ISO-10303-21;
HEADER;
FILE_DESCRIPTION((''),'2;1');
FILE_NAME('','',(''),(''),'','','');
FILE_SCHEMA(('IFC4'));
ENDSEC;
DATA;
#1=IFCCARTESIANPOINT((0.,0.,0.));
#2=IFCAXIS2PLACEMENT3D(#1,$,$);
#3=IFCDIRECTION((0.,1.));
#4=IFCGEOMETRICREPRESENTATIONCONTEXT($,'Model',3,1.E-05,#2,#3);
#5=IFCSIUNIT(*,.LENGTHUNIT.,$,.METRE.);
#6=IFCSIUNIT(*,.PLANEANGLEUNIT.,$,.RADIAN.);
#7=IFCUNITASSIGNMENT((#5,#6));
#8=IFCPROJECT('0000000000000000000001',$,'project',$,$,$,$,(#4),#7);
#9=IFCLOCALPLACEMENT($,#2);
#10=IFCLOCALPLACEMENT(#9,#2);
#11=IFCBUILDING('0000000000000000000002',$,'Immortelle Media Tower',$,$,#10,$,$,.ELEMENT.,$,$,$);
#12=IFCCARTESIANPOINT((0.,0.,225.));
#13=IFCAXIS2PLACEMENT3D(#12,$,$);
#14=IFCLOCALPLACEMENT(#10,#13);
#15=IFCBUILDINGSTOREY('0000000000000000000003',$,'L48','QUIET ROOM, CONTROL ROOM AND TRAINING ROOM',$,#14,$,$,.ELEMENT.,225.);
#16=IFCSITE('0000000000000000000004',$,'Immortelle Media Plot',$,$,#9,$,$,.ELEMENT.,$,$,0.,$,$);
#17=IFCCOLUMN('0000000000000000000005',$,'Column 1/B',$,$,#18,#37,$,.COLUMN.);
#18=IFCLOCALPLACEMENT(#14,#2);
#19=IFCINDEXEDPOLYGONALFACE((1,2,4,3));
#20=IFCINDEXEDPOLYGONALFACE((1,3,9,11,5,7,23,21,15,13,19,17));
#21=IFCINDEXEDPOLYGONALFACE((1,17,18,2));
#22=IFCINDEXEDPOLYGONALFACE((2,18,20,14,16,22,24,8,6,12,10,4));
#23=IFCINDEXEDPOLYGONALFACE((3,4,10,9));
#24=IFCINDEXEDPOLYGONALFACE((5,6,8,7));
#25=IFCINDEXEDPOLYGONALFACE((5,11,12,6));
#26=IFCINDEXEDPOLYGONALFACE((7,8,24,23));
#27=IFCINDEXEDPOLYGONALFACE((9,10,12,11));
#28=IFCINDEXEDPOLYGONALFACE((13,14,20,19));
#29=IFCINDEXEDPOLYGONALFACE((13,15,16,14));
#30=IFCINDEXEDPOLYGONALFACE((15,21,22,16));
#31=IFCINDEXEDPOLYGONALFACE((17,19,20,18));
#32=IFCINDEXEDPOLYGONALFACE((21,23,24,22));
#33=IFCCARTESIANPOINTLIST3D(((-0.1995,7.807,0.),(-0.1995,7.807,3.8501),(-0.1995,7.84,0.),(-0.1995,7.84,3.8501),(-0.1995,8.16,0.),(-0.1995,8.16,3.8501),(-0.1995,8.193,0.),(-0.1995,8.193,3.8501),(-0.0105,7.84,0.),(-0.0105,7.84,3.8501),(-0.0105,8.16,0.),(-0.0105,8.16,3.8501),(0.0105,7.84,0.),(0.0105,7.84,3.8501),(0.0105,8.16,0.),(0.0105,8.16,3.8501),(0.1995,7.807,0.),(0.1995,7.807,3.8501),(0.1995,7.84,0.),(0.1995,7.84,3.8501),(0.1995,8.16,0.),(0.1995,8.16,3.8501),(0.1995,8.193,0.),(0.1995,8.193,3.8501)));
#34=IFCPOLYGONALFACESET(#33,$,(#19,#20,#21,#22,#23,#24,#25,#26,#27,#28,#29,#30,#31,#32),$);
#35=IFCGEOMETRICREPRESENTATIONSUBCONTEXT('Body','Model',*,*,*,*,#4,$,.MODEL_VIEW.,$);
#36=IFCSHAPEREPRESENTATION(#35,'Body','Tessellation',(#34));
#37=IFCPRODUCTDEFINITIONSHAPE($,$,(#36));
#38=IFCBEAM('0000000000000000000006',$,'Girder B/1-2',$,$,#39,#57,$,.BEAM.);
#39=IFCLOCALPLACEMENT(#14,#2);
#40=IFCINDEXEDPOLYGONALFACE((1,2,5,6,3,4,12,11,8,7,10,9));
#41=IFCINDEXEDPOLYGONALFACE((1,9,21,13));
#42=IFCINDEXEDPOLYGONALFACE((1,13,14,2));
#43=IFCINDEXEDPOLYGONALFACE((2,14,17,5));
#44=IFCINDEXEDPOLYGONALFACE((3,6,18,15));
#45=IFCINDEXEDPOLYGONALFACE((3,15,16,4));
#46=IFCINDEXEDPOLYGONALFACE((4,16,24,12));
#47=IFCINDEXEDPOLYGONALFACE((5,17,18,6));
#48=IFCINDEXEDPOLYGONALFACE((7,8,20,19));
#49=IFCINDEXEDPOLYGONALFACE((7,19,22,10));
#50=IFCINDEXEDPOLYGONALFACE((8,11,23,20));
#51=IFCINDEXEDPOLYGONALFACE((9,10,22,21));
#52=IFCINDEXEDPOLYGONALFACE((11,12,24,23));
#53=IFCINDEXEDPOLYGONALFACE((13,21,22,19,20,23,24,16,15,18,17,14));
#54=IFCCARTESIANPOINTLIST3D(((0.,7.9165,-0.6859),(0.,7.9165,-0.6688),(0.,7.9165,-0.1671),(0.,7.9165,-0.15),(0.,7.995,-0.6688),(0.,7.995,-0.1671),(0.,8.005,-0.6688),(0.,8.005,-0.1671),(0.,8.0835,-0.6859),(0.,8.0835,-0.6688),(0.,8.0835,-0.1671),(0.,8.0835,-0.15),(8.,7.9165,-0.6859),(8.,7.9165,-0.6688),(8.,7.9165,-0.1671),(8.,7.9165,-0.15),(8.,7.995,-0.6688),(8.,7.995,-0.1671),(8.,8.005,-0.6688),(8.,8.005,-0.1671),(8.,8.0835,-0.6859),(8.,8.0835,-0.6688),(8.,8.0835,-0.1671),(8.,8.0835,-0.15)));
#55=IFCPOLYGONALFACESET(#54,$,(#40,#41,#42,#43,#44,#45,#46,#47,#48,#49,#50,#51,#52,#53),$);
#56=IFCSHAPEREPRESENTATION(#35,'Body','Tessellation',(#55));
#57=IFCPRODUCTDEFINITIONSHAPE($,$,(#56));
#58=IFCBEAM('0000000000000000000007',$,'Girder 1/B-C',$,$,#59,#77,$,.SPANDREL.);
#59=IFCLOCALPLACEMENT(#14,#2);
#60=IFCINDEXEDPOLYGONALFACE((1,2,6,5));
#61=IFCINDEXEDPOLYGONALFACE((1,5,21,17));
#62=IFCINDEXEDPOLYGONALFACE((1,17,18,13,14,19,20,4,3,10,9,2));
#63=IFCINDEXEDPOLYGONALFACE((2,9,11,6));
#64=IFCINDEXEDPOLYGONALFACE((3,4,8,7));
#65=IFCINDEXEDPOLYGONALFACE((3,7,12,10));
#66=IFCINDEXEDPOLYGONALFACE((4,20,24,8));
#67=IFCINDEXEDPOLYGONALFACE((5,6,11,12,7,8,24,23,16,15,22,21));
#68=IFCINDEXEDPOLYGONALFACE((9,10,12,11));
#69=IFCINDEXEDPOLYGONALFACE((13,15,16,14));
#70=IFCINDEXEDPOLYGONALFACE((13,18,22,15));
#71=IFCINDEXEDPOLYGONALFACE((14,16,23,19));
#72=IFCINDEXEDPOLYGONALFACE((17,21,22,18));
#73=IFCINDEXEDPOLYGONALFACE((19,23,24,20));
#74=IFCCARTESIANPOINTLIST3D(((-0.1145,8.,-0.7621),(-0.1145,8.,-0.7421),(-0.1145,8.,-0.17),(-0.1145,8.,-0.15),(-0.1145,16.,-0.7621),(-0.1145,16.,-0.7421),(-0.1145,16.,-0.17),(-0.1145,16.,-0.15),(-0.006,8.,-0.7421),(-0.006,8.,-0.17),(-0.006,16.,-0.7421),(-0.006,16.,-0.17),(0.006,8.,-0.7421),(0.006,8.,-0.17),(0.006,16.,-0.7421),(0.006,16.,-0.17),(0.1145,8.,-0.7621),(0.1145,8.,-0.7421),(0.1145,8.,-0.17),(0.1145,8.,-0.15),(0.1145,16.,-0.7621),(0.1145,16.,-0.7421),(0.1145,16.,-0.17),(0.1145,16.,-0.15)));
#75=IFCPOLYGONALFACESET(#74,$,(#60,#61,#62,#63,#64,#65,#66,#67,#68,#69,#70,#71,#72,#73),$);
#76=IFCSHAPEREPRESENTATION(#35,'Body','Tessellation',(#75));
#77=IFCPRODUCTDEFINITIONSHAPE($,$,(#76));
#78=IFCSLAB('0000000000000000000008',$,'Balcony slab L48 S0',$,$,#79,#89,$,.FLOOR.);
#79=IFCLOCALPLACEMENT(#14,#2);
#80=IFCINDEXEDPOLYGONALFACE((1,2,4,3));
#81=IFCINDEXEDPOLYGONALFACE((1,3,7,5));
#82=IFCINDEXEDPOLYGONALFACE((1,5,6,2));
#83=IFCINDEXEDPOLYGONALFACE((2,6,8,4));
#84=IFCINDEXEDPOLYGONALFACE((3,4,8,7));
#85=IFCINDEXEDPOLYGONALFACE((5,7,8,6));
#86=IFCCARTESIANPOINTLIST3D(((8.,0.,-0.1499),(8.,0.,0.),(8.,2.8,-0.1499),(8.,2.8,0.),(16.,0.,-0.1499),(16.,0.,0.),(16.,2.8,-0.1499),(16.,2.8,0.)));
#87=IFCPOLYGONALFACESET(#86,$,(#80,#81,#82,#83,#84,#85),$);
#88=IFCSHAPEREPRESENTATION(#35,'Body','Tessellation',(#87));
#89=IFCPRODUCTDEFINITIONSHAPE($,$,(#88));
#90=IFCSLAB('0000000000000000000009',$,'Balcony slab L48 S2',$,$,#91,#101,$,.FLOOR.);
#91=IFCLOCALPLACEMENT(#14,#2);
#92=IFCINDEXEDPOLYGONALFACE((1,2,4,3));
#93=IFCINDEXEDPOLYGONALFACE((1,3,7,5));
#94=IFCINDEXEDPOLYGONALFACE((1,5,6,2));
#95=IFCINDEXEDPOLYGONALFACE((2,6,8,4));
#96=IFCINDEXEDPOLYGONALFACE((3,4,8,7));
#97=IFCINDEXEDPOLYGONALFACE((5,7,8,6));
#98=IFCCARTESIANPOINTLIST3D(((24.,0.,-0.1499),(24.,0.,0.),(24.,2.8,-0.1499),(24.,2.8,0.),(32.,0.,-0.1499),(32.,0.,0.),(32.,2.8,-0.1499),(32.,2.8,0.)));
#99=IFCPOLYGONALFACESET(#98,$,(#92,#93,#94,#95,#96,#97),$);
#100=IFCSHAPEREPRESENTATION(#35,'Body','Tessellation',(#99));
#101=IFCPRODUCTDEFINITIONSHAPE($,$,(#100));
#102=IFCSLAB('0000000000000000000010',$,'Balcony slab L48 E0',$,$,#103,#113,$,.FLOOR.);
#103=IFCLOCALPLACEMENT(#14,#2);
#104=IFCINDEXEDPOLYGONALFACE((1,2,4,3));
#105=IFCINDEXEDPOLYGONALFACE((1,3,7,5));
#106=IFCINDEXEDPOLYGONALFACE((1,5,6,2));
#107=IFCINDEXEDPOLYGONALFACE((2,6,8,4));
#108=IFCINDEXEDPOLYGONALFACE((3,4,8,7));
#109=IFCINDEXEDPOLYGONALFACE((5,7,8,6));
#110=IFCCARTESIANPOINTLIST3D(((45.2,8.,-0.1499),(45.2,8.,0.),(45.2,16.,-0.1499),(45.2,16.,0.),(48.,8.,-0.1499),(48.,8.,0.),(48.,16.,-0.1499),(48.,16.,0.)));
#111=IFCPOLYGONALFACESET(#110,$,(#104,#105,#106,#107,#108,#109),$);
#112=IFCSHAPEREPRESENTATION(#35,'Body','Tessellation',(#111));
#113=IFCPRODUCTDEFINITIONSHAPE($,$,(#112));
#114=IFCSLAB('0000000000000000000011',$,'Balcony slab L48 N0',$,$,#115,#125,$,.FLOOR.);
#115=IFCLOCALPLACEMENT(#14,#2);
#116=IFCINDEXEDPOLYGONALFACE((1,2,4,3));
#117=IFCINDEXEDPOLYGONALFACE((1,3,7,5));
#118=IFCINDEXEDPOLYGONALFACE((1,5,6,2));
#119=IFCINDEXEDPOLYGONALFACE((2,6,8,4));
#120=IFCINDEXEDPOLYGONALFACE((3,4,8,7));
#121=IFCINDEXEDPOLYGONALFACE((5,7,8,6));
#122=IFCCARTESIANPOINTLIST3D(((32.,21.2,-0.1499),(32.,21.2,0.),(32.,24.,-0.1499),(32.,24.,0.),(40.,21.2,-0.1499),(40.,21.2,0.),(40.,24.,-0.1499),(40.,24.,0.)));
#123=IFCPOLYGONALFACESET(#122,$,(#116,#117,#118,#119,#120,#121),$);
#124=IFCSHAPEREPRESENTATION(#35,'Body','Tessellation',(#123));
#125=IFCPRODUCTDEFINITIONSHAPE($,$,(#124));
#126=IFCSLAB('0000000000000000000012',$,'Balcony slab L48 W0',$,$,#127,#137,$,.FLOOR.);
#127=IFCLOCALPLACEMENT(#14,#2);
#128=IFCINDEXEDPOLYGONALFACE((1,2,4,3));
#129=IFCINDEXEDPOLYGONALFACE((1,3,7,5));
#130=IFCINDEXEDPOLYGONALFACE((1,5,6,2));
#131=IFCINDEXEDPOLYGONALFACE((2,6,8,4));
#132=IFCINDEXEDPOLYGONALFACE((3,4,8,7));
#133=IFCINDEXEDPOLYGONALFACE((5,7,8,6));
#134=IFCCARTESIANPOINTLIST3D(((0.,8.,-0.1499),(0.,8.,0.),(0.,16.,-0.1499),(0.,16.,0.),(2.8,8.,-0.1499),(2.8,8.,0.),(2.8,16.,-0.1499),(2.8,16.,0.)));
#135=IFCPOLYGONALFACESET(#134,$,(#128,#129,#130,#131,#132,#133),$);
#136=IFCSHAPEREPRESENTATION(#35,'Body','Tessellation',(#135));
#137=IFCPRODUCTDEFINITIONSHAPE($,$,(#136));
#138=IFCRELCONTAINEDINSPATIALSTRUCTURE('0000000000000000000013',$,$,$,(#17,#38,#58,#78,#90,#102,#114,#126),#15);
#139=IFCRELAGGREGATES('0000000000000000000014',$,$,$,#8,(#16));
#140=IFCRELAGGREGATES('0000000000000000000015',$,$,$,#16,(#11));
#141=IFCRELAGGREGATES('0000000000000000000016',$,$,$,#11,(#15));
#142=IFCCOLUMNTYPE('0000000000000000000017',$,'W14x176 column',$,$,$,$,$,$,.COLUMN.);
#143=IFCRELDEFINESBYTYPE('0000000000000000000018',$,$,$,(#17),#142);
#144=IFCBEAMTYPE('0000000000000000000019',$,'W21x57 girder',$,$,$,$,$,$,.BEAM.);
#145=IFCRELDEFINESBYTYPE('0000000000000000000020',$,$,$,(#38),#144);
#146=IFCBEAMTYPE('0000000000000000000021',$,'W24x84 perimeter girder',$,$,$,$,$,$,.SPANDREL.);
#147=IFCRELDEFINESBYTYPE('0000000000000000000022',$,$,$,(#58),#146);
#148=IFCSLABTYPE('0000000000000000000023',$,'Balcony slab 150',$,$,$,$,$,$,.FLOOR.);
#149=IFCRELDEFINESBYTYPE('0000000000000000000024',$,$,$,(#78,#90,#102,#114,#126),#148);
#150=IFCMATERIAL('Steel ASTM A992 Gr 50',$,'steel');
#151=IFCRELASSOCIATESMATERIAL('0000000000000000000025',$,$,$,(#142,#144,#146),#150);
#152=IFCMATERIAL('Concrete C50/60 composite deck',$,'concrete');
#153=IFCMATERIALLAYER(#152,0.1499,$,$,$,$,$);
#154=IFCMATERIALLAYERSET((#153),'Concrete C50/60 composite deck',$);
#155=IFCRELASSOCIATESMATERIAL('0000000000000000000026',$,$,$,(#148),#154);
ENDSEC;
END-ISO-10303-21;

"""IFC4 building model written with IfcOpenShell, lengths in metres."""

from ifc_helpers import new_model, si_unit, direction, frame, origin, origin_2d, place, context, subcontext, project, spatial, polyline, i_section, outline, extrude, material, layer, layer_set, material_profile, profile_set, type_object, element, save


model = new_model("IFC4")

# Units and contexts
model_context = context("Model", 3, precision=1e-05, world=origin(), true_north=direction((0.0, 1.0)))
body_context = subcontext(model_context, "Body", "Model", "MODEL_VIEW")
ifc_project = project(units=[si_unit("LENGTHUNIT", "METRE"), si_unit("PLANEANGLEUNIT", "RADIAN")], contexts=[model_context])

# Site, building, storey
site_placement = place(None, origin())
site = spatial("IfcSite", under=ifc_project, at=site_placement, Name="Immortelle Media Plot", CompositionType="ELEMENT", RefElevation=0.0)
building_placement = place(site_placement, origin())
building = spatial("IfcBuilding", under=site, at=building_placement, Name="Immortelle Media Tower", CompositionType="ELEMENT")
storey_placement = place(building_placement, frame((0.0, 0.0, 225.0)))
storey = spatial("IfcBuildingStorey", under=building, at=storey_placement, Name="L48", Description="QUIET ROOM, CONTROL ROOM AND TRAINING ROOM", CompositionType="ELEMENT", Elevation=225.0)

# Column
ifc_material_1 = material(Name="Steel ASTM A992 Gr 50", Category="steel")
ifc_material_profile_1 = material_profile(ifc_material_1, i_section(OverallWidth=0.3989, OverallDepth=0.386, WebThickness=0.021, FlangeThickness=0.033, at=origin_2d()), Name="W14x176")
ifc_profile_set_1 = profile_set([ifc_material_profile_1], Name="Steel ASTM A992 Gr 50")
column_type = type_object("IfcColumnType", Name="W14x176 column", PredefinedType="COLUMN", material=ifc_profile_set_1)
column_placement = place(storey_placement, frame((0.0, 8.0, 0.0), z_axis=(0.0, 0.0, 1.0), x_axis=(1.0, 0.0, 0.0)))
element("IfcColumn", 1, at=column_placement, inside=storey, type_object=column_type, Name="Column 1/B", PredefinedType="COLUMN", context=body_context, shape_type="SweptSolid", body=[
    extrude(i_section(OverallWidth=0.3989, OverallDepth=0.386, WebThickness=0.021, FlangeThickness=0.033, at=origin_2d()), origin(), (0.0, 0.0, 1.0), 3.8501),
])

# Beams
ifc_material_profile_2 = material_profile(ifc_material_1, i_section(OverallWidth=0.167, OverallDepth=0.5359, WebThickness=0.01, FlangeThickness=0.0171, at=origin_2d()), Name="W21x57")
ifc_profile_set_2 = profile_set([ifc_material_profile_2], Name="Steel ASTM A992 Gr 50")
beam_type_1 = type_object("IfcBeamType", Name="W21x57 girder", PredefinedType="BEAM", material=ifc_profile_set_2)
beam_1_placement = place(storey_placement, frame((0.0, 8.0, -0.418), z_axis=(1.0, 0.0, 0.0), x_axis=(0.0, 1.0, 0.0)))
element("IfcBeam", 2, at=beam_1_placement, inside=storey, type_object=beam_type_1, Name="Girder B/1-2", PredefinedType="BEAM", context=body_context, shape_type="SweptSolid", body=[
    extrude(i_section(OverallWidth=0.167, OverallDepth=0.5359, WebThickness=0.01, FlangeThickness=0.0171, at=origin_2d()), origin(), (0.0, 0.0, 1.0), 8.0),
])
ifc_material_profile_3 = material_profile(ifc_material_1, i_section(OverallWidth=0.229, OverallDepth=0.6121, WebThickness=0.012, FlangeThickness=0.02, at=origin_2d()), Name="W24x84")
ifc_profile_set_3 = profile_set([ifc_material_profile_3], Name="Steel ASTM A992 Gr 50")
beam_type_2 = type_object("IfcBeamType", Name="W24x84 perimeter girder", PredefinedType="SPANDREL", material=ifc_profile_set_3)
beam_2_placement = place(storey_placement, frame((0.0, 8.0, -0.4561), z_axis=(0.0, 1.0, 0.0), x_axis=(-1.0, 0.0, 0.0)))
element("IfcBeam", 3, at=beam_2_placement, inside=storey, type_object=beam_type_2, Name="Girder 1/B-C", PredefinedType="SPANDREL", context=body_context, shape_type="SweptSolid", body=[
    extrude(i_section(OverallWidth=0.229, OverallDepth=0.6121, WebThickness=0.012, FlangeThickness=0.02, at=origin_2d()), origin(), (0.0, 0.0, 1.0), 8.0),
])

# Slabs
ifc_material_2 = material(Name="Concrete C50/60 composite deck", Category="concrete")
ifc_layer_1 = layer(ifc_material_2, 0.1499)
ifc_layer_set_1 = layer_set([ifc_layer_1], Name="Concrete C50/60 composite deck")
slab_type_1 = type_object("IfcSlabType", Name="Balcony slab 150", PredefinedType="FLOOR", material=ifc_layer_set_1)
slab_1_placement = place(storey_placement, frame((0.0, 0.0, -0.1499)))
element("IfcSlab", 4, at=slab_1_placement, inside=storey, type_object=slab_type_1, Name="Balcony slab L48 S0", PredefinedType="FLOOR", context=body_context, shape_type="SweptSolid", body=[
    extrude(outline(polyline([(16.0, 0.0), (16.0, 2.8), (8.0, 2.8), (8.0, 0.0), (16.0, 0.0)])), origin(), (0.0, 0.0, 1.0), 0.1499),
])
slab_2_placement = place(storey_placement, frame((0.0, 0.0, -0.1499)))
element("IfcSlab", 5, at=slab_2_placement, inside=storey, type_object=slab_type_1, Name="Balcony slab L48 S2", PredefinedType="FLOOR", context=body_context, shape_type="SweptSolid", body=[
    extrude(outline(polyline([(32.0, 0.0), (32.0, 2.8), (24.0, 2.8), (24.0, 0.0), (32.0, 0.0)])), origin(), (0.0, 0.0, 1.0), 0.1499),
])
slab_3_placement = place(storey_placement, frame((0.0, 0.0, -0.1499)))
element("IfcSlab", 6, at=slab_3_placement, inside=storey, type_object=slab_type_1, Name="Balcony slab L48 E0", PredefinedType="FLOOR", context=body_context, shape_type="SweptSolid", body=[
    extrude(outline(polyline([(48.0, 8.0), (48.0, 16.0), (45.2, 16.0), (45.2, 8.0), (48.0, 8.0)])), origin(), (0.0, 0.0, 1.0), 0.1499),
])
slab_4_placement = place(storey_placement, frame((0.0, 0.0, -0.1499)))
element("IfcSlab", 7, at=slab_4_placement, inside=storey, type_object=slab_type_1, Name="Balcony slab L48 N0", PredefinedType="FLOOR", context=body_context, shape_type="SweptSolid", body=[
    extrude(outline(polyline([(40.0, 21.2), (40.0, 24.0), (32.0, 24.0), (32.0, 21.2), (40.0, 21.2)])), origin(), (0.0, 0.0, 1.0), 0.1499),
])
slab_5_placement = place(storey_placement, frame((0.0, 0.0, -0.1499)))
element("IfcSlab", 8, at=slab_5_placement, inside=storey, type_object=slab_type_1, Name="Balcony slab L48 W0", PredefinedType="FLOOR", context=body_context, shape_type="SweptSolid", body=[
    extrude(outline(polyline([(2.8, 8.0), (2.8, 16.0), (0.0, 16.0), (0.0, 8.0), (2.8, 8.0)])), origin(), (0.0, 0.0, 1.0), 0.1499),
])

save(model, "model.ifc")
